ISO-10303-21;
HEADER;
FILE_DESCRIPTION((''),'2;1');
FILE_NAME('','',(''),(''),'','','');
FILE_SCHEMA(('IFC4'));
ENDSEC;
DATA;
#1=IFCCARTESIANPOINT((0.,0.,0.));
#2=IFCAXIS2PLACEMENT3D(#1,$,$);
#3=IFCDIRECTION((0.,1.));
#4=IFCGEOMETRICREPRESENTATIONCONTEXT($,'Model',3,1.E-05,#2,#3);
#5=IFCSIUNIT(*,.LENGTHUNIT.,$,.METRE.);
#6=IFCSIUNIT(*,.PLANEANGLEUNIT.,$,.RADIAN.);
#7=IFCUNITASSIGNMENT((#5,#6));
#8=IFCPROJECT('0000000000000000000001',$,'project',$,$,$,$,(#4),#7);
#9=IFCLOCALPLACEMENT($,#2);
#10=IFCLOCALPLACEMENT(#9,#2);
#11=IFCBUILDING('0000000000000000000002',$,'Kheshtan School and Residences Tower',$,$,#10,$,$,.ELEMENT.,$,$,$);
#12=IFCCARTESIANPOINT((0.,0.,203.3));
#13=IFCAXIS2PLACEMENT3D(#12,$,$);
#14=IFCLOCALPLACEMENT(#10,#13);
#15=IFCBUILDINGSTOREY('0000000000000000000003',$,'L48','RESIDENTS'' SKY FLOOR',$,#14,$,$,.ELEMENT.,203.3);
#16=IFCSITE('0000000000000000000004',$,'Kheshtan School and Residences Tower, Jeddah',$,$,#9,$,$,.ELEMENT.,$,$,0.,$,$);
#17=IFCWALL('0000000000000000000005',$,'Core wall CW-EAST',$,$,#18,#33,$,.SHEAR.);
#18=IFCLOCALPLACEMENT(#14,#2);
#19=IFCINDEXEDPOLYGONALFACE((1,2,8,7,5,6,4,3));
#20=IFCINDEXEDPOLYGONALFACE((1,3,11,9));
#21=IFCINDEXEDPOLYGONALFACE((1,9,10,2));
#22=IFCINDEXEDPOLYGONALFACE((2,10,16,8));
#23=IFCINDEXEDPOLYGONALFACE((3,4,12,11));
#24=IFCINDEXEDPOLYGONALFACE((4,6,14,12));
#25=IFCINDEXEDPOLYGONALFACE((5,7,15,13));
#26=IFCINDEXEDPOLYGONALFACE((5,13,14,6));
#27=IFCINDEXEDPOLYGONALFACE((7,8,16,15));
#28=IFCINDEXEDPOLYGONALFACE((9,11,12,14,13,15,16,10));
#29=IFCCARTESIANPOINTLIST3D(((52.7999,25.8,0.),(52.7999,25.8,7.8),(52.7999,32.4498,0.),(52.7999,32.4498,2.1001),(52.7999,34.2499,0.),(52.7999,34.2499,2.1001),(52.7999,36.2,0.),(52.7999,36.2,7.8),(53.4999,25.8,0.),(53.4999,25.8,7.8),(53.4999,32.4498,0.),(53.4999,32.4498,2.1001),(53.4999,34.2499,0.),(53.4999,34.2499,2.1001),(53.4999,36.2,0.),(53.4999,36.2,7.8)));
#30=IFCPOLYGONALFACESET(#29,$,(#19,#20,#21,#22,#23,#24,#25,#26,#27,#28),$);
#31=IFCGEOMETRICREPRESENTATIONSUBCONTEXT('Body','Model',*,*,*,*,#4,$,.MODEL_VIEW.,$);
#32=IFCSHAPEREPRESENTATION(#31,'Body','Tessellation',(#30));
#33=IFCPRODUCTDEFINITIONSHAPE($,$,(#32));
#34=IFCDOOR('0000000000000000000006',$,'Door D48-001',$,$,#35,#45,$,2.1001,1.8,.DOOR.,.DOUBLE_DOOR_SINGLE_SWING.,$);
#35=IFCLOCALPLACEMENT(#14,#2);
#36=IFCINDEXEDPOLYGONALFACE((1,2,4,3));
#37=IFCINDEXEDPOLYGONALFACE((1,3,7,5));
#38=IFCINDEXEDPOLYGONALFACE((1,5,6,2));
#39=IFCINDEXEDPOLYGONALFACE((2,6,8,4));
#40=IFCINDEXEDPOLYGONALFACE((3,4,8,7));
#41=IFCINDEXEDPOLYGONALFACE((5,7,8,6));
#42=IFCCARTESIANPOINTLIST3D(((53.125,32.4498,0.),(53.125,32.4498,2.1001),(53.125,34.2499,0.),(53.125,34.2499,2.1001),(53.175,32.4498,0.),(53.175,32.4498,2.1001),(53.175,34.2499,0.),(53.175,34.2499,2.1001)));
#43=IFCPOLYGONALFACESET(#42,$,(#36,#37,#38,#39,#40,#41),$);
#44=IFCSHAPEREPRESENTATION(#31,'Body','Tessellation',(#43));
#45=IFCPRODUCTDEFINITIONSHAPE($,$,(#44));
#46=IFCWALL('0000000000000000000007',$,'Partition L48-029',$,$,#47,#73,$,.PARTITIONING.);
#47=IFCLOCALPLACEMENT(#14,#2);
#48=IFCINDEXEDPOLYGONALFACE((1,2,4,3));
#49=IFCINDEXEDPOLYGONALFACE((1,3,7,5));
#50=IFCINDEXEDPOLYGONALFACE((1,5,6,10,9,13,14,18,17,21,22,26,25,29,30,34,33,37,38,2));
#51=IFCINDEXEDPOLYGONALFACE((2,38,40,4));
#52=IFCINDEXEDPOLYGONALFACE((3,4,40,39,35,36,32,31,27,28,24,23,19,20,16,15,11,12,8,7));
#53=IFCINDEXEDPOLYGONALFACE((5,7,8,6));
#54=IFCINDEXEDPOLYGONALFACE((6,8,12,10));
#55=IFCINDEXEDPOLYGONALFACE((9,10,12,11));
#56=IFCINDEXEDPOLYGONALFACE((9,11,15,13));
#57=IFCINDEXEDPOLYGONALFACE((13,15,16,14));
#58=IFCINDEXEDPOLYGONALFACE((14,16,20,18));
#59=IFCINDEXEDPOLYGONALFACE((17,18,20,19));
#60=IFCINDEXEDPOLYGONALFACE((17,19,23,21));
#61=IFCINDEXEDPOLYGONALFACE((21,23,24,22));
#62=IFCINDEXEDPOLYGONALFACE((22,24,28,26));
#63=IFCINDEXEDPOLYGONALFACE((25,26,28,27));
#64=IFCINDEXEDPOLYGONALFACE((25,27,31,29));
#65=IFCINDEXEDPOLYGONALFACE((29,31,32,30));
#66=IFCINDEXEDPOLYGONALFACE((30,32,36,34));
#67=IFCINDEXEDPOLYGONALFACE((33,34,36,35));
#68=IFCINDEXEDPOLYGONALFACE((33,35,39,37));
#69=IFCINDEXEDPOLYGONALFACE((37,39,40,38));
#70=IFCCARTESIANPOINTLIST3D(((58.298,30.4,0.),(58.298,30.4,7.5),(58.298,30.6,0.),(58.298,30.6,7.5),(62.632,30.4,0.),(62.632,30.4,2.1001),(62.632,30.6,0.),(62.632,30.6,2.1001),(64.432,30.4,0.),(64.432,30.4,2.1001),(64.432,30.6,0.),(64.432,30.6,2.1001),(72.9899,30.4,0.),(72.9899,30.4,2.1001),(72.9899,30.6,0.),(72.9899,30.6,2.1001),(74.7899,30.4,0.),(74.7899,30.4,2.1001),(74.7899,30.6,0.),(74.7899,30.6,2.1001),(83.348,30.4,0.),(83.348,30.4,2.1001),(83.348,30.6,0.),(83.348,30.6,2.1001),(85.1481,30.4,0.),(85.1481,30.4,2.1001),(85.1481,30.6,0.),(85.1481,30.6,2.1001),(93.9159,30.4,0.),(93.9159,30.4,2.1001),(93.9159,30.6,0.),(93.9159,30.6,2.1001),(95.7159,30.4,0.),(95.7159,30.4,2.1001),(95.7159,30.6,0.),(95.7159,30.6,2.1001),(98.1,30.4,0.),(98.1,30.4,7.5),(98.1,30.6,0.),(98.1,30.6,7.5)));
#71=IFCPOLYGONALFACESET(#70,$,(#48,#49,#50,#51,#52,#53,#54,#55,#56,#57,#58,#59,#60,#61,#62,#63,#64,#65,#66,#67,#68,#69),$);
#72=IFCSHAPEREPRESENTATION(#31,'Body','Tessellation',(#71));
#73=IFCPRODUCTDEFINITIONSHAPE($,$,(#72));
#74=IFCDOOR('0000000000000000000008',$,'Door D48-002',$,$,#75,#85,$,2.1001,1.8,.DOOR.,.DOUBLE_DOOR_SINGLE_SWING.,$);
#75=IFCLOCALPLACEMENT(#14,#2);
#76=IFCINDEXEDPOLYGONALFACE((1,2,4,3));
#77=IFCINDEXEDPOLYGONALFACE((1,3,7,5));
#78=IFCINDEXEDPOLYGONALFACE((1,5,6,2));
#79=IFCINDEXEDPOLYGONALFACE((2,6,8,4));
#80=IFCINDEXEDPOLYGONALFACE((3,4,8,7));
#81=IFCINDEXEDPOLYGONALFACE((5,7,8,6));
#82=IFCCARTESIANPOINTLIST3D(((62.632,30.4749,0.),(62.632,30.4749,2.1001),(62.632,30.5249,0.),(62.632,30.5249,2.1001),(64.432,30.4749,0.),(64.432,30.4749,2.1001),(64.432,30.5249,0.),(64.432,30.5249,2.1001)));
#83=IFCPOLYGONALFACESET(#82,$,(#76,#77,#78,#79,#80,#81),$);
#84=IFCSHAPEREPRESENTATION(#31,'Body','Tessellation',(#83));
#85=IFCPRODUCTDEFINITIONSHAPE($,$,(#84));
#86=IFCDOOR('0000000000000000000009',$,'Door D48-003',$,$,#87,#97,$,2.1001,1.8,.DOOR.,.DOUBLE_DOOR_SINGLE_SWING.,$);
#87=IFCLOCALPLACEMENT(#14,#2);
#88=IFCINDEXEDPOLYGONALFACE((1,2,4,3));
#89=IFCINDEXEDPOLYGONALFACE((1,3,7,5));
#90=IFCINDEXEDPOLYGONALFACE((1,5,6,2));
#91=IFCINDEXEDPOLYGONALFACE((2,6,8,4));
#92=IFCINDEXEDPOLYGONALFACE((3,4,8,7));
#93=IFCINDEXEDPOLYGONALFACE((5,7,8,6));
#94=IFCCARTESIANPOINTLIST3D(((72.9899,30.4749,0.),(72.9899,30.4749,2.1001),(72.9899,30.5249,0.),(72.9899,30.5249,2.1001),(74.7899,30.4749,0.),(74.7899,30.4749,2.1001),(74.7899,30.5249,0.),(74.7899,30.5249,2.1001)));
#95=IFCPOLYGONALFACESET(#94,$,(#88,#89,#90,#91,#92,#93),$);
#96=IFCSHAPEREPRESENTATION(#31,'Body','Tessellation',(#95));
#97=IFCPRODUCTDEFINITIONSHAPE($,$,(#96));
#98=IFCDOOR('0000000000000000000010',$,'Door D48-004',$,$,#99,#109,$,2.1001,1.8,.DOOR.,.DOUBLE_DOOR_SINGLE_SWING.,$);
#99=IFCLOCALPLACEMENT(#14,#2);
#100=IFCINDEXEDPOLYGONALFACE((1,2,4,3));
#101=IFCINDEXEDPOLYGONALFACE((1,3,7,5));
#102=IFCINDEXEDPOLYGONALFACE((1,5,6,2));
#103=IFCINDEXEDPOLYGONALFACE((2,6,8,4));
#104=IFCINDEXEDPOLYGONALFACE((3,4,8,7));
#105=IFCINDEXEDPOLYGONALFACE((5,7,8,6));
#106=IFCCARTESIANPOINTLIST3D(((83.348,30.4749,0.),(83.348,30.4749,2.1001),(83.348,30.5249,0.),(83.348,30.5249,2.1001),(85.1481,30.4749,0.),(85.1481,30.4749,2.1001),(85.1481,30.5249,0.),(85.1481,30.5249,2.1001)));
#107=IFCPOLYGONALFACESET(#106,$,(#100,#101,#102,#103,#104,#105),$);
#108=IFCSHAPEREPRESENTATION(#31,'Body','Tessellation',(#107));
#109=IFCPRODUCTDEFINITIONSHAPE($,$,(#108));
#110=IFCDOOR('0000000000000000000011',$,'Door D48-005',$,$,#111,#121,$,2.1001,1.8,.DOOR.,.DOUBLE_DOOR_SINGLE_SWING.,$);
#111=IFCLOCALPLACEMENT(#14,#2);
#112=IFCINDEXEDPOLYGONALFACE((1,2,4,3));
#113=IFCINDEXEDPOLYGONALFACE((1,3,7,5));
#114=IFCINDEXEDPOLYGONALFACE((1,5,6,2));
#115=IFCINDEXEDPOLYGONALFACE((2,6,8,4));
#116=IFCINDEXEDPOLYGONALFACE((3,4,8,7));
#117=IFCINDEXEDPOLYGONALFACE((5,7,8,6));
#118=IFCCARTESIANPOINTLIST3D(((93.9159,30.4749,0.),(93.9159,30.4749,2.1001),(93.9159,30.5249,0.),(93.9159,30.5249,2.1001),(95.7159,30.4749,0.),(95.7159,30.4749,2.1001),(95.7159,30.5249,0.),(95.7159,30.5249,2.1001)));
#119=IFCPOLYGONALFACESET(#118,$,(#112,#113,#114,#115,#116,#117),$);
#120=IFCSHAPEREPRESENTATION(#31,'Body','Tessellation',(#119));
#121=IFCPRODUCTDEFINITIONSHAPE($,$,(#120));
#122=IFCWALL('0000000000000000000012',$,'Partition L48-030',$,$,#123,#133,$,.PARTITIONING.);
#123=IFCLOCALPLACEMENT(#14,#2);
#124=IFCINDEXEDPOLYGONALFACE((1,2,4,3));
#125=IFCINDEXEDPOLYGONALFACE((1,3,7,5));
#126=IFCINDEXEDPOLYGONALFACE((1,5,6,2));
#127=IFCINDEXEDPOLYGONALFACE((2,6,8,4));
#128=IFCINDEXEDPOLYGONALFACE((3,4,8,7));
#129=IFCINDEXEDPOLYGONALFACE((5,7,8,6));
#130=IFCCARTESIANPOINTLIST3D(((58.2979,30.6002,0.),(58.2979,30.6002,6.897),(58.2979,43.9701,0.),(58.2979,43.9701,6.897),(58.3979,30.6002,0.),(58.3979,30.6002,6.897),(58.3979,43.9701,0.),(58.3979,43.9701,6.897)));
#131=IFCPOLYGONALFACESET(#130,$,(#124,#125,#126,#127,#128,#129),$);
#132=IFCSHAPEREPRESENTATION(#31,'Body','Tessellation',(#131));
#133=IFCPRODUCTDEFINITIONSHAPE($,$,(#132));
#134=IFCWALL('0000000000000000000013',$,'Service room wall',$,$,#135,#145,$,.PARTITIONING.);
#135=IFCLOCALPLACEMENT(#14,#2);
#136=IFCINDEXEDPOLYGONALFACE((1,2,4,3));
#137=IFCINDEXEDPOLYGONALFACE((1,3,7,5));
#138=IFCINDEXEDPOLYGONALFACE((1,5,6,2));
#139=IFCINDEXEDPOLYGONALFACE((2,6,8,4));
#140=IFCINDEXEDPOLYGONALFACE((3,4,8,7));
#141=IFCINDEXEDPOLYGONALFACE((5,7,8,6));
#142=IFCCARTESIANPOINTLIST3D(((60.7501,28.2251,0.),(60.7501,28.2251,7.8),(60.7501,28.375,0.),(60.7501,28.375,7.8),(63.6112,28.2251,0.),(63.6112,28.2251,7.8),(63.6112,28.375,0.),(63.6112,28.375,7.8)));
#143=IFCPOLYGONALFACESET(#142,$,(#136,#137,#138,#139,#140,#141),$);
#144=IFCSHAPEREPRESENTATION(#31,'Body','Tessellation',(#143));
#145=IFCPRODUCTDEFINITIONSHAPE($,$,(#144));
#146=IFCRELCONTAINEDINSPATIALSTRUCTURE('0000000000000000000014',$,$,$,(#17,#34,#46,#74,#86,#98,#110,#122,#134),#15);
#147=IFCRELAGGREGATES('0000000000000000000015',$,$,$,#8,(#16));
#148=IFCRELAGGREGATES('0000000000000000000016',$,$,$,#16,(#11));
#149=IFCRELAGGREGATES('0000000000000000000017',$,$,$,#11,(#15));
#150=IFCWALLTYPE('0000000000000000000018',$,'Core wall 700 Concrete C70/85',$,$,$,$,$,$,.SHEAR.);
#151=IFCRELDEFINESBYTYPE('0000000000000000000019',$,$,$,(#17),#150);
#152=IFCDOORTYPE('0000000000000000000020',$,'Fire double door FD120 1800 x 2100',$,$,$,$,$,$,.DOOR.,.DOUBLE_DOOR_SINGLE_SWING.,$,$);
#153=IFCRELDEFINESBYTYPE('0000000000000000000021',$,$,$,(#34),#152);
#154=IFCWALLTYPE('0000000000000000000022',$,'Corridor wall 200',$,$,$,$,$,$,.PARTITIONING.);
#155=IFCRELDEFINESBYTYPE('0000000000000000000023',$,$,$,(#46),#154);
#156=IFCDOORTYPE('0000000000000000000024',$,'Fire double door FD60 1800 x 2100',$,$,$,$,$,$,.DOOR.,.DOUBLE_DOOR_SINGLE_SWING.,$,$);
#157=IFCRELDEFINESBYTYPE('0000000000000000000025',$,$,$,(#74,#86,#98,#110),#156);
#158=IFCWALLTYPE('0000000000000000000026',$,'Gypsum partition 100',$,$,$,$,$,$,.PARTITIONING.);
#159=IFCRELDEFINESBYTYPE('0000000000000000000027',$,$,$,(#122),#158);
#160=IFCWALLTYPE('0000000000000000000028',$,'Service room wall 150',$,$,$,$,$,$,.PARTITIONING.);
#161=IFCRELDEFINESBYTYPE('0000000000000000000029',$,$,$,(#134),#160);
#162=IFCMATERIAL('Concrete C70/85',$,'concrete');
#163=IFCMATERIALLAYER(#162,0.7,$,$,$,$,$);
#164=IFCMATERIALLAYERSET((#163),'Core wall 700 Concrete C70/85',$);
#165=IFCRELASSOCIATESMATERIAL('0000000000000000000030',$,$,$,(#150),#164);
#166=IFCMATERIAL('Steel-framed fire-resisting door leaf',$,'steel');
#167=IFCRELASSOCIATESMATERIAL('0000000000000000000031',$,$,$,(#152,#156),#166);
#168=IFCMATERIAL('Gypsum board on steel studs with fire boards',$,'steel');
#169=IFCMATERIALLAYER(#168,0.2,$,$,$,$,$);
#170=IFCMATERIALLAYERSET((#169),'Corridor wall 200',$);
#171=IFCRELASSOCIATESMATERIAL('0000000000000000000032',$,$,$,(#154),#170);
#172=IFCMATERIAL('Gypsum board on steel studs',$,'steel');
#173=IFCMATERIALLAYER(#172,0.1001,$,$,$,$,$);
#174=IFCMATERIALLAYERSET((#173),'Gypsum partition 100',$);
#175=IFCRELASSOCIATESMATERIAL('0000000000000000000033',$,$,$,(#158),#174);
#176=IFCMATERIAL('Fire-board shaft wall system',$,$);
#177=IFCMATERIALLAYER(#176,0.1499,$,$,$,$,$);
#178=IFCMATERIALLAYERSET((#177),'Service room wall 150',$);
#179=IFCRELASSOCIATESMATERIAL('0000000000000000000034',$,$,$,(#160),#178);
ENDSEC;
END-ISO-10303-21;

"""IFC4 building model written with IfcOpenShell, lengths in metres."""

from ifc_helpers import new_model, si_unit, direction, frame, frame_2d, origin, place, context, subcontext, project, spatial, rectangle, extrude, source, transform, mapped, material, layer, layer_set, type_object, element, fill, save


model = new_model("IFC4")

# Units and contexts
model_context = context("Model", 3, precision=1e-05, world=origin(), true_north=direction((0.0, 1.0)))
body_context = subcontext(model_context, "Body", "Model", "MODEL_VIEW")
ifc_project = project(units=[si_unit("LENGTHUNIT", "METRE"), si_unit("PLANEANGLEUNIT", "RADIAN")], contexts=[model_context])

# Site, building, storey
site_placement = place(None, origin())
site = spatial("IfcSite", under=ifc_project, at=site_placement, Name="Kheshtan School and Residences Tower, Jeddah", CompositionType="ELEMENT", RefElevation=0.0)
building_placement = place(site_placement, origin())
building = spatial("IfcBuilding", under=site, at=building_placement, Name="Kheshtan School and Residences Tower", CompositionType="ELEMENT")
storey_placement = place(building_placement, frame((0.0, 0.0, 203.3)))
storey = spatial("IfcBuildingStorey", under=building, at=storey_placement, Name="L48", Description="RESIDENTS' SKY FLOOR", CompositionType="ELEMENT", Elevation=203.3)

# Wall, opening, door
ifc_material_1 = material(Name="Concrete C70/85", Category="concrete")
ifc_layer_1 = layer(ifc_material_1, 0.7)
ifc_layer_set_1 = layer_set([ifc_layer_1], Name="Core wall 700 Concrete C70/85")
wall_type_1 = type_object("IfcWallType", Name="Core wall 700 Concrete C70/85", PredefinedType="SHEAR", material=ifc_layer_set_1)
wall_1_placement = place(storey_placement, frame((53.1499, 25.8, 0.0), z_axis=(0.0, 0.0, 1.0), x_axis=(0.0, 1.0, 0.0)))
wall_1 = element("IfcWall", 1, at=wall_1_placement, inside=storey, type_object=wall_type_1, Name="Core wall CW-EAST", PredefinedType="SHEAR", context=body_context, shape_type="SweptSolid", body=[
    extrude(rectangle(XDim=10.3999, YDim=0.7, at=frame_2d((5.2, 0.0))), origin(), (0.0, 0.0, 1.0), 7.8),
])
opening_1_placement = place(wall_1_placement, frame((6.6499, 0.0, 0.0)))
opening_1 = element("IfcOpeningElement", 2, at=opening_1_placement, cuts=wall_1, PredefinedType="OPENING", context=body_context, shape_type="SweptSolid", body=[
    extrude(rectangle(XDim=1.8, YDim=2.1001, at=frame_2d((0.8999, 1.05))), frame((0.0, 0.3599, 0.0), z_axis=(0.0, -1.0, 0.0), x_axis=(1.0, 0.0, 0.0)), (0.0, 0.0, 1.0), 0.72),
])
ifc_material_2 = material(Name="Steel-framed fire-resisting door leaf", Category="steel")
door_type_1 = type_object("IfcDoorType", Name="Fire double door FD120 1800 x 2100", OperationType="DOUBLE_DOOR_SINGLE_SWING", PredefinedType="DOOR", material=ifc_material_2)
shared_shape_1 = source(origin(), body_context, "Body", "SweptSolid", [
    extrude(rectangle(XDim=1.8, YDim=2.1001, at=frame_2d((0.8999, 1.05))), frame((0.0, 0.0249, 0.0), z_axis=(0.0, -1.0, 0.0), x_axis=(1.0, 0.0, 0.0)), (0.0, 0.0, 1.0), 0.05),
])
door_1_placement = place(opening_1_placement, origin())
door_1 = element("IfcDoor", 3, at=door_1_placement, inside=storey, type_object=door_type_1, Name="Door D48-001", OperationType="DOUBLE_DOOR_SINGLE_SWING", OverallHeight=2.1001, OverallWidth=1.8, PredefinedType="DOOR", context=body_context, shape_type="MappedRepresentation", body=[
    mapped(shared_shape_1, transform((0.0, 0.0, 0.0), x_axis=(1.0, 0.0, 0.0), y_axis=(0.0, 1.0, 0.0), z_axis=(0.0, 0.0, 1.0), scale=1.0)),
])
fill(opening_1, door_1)

# Wall, openings, doors
ifc_material_3 = material(Name="Gypsum board on steel studs with fire boards", Category="steel")
ifc_layer_2 = layer(ifc_material_3, 0.2)
ifc_layer_set_2 = layer_set([ifc_layer_2], Name="Corridor wall 200")
wall_type_2 = type_object("IfcWallType", Name="Corridor wall 200", PredefinedType="PARTITIONING", material=ifc_layer_set_2)
wall_2_placement = place(storey_placement, frame((58.2981, 30.5, 0.0), z_axis=(0.0, 0.0, 1.0), x_axis=(1.0, 0.0, 0.0)))
wall_2 = element("IfcWall", 4, at=wall_2_placement, inside=storey, type_object=wall_type_2, Name="Partition L48-029", PredefinedType="PARTITIONING", context=body_context, shape_type="SweptSolid", body=[
    extrude(rectangle(XDim=39.802, YDim=0.2, at=frame_2d((19.9009, 0.0))), origin(), (0.0, 0.0, 1.0), 7.5),
])
opening_2_placement = place(wall_2_placement, frame((4.334, 0.0, 0.0)))
opening_2 = element("IfcOpeningElement", 5, at=opening_2_placement, cuts=wall_2, PredefinedType="OPENING", context=body_context, shape_type="SweptSolid", body=[
    extrude(rectangle(XDim=1.8, YDim=2.1001, at=frame_2d((0.8999, 1.05))), frame((0.0, 0.1099, 0.0), z_axis=(0.0, -1.0, 0.0), x_axis=(1.0, 0.0, 0.0)), (0.0, 0.0, 1.0), 0.22),
])
opening_3_placement = place(wall_2_placement, frame((14.6919, 0.0, 0.0)))
opening_3 = element("IfcOpeningElement", 6, at=opening_3_placement, cuts=wall_2, PredefinedType="OPENING", context=body_context, shape_type="SweptSolid", body=[
    extrude(rectangle(XDim=1.8, YDim=2.1001, at=frame_2d((0.8999, 1.05))), frame((0.0, 0.1099, 0.0), z_axis=(0.0, -1.0, 0.0), x_axis=(1.0, 0.0, 0.0)), (0.0, 0.0, 1.0), 0.22),
])
opening_4_placement = place(wall_2_placement, frame((25.05, 0.0, 0.0)))
opening_4 = element("IfcOpeningElement", 7, at=opening_4_placement, cuts=wall_2, PredefinedType="OPENING", context=body_context, shape_type="SweptSolid", body=[
    extrude(rectangle(XDim=1.8, YDim=2.1001, at=frame_2d((0.8999, 1.05))), frame((0.0, 0.1099, 0.0), z_axis=(0.0, -1.0, 0.0), x_axis=(1.0, 0.0, 0.0)), (0.0, 0.0, 1.0), 0.22),
])
opening_5_placement = place(wall_2_placement, frame((35.6179, 0.0, 0.0)))
opening_5 = element("IfcOpeningElement", 8, at=opening_5_placement, cuts=wall_2, PredefinedType="OPENING", context=body_context, shape_type="SweptSolid", body=[
    extrude(rectangle(XDim=1.8, YDim=2.1001, at=frame_2d((0.8999, 1.05))), frame((0.0, 0.1099, 0.0), z_axis=(0.0, -1.0, 0.0), x_axis=(1.0, 0.0, 0.0)), (0.0, 0.0, 1.0), 0.22),
])
door_type_2 = type_object("IfcDoorType", Name="Fire double door FD60 1800 x 2100", OperationType="DOUBLE_DOOR_SINGLE_SWING", PredefinedType="DOOR", material=ifc_material_2)
shared_shape_2 = source(origin(), body_context, "Body", "SweptSolid", [
    extrude(rectangle(XDim=1.8, YDim=2.1001, at=frame_2d((0.8999, 1.05))), frame((0.0, 0.0249, 0.0), z_axis=(0.0, -1.0, 0.0), x_axis=(1.0, 0.0, 0.0)), (0.0, 0.0, 1.0), 0.05),
])
door_2_placement = place(opening_2_placement, origin())
door_2 = element("IfcDoor", 9, at=door_2_placement, inside=storey, type_object=door_type_2, Name="Door D48-002", OperationType="DOUBLE_DOOR_SINGLE_SWING", OverallHeight=2.1001, OverallWidth=1.8, PredefinedType="DOOR", context=body_context, shape_type="MappedRepresentation", body=[
    mapped(shared_shape_2, transform((0.0, 0.0, 0.0), x_axis=(1.0, 0.0, 0.0), y_axis=(0.0, 1.0, 0.0), z_axis=(0.0, 0.0, 1.0), scale=1.0)),
])
fill(opening_2, door_2)
door_3_placement = place(opening_3_placement, origin())
door_3 = element("IfcDoor", 10, at=door_3_placement, inside=storey, type_object=door_type_2, Name="Door D48-003", OperationType="DOUBLE_DOOR_SINGLE_SWING", OverallHeight=2.1001, OverallWidth=1.8, PredefinedType="DOOR", context=body_context, shape_type="MappedRepresentation", body=[
    mapped(shared_shape_2, transform((0.0, 0.0, 0.0), x_axis=(1.0, 0.0, 0.0), y_axis=(0.0, 1.0, 0.0), z_axis=(0.0, 0.0, 1.0), scale=1.0)),
])
fill(opening_3, door_3)
door_4_placement = place(opening_4_placement, origin())
door_4 = element("IfcDoor", 11, at=door_4_placement, inside=storey, type_object=door_type_2, Name="Door D48-004", OperationType="DOUBLE_DOOR_SINGLE_SWING", OverallHeight=2.1001, OverallWidth=1.8, PredefinedType="DOOR", context=body_context, shape_type="MappedRepresentation", body=[
    mapped(shared_shape_2, transform((0.0, 0.0, 0.0), x_axis=(1.0, 0.0, 0.0), y_axis=(0.0, 1.0, 0.0), z_axis=(0.0, 0.0, 1.0), scale=1.0)),
])
fill(opening_4, door_4)
door_5_placement = place(opening_5_placement, origin())
door_5 = element("IfcDoor", 12, at=door_5_placement, inside=storey, type_object=door_type_2, Name="Door D48-005", OperationType="DOUBLE_DOOR_SINGLE_SWING", OverallHeight=2.1001, OverallWidth=1.8, PredefinedType="DOOR", context=body_context, shape_type="MappedRepresentation", body=[
    mapped(shared_shape_2, transform((0.0, 0.0, 0.0), x_axis=(1.0, 0.0, 0.0), y_axis=(0.0, 1.0, 0.0), z_axis=(0.0, 0.0, 1.0), scale=1.0)),
])
fill(opening_5, door_5)

# Walls
ifc_material_4 = material(Name="Gypsum board on steel studs", Category="steel")
ifc_layer_3 = layer(ifc_material_4, 0.1001)
ifc_layer_set_3 = layer_set([ifc_layer_3], Name="Gypsum partition 100")
wall_type_3 = type_object("IfcWallType", Name="Gypsum partition 100", PredefinedType="PARTITIONING", material=ifc_layer_set_3)
wall_3_placement = place(storey_placement, frame((58.3479, 30.6001, 0.0), z_axis=(0.0, 0.0, 1.0), x_axis=(0.0, 1.0, 0.0)))
element("IfcWall", 13, at=wall_3_placement, inside=storey, type_object=wall_type_3, Name="Partition L48-030", PredefinedType="PARTITIONING", context=body_context, shape_type="SweptSolid", body=[
    extrude(rectangle(XDim=13.3699, YDim=0.1001, at=frame_2d((6.6851, 0.0))), origin(), (0.0, 0.0, 1.0), 6.897),
])
ifc_material_5 = material(Name="Fire-board shaft wall system")
ifc_layer_4 = layer(ifc_material_5, 0.1499)
ifc_layer_set_4 = layer_set([ifc_layer_4], Name="Service room wall 150")
wall_type_4 = type_object("IfcWallType", Name="Service room wall 150", PredefinedType="PARTITIONING", material=ifc_layer_set_4)
wall_4_placement = place(storey_placement, frame((60.75, 28.3, 0.0), z_axis=(0.0, 0.0, 1.0), x_axis=(1.0, 0.0, 0.0)))
element("IfcWall", 14, at=wall_4_placement, inside=storey, type_object=wall_type_4, Name="Service room wall", PredefinedType="PARTITIONING", context=body_context, shape_type="SweptSolid", body=[
    extrude(rectangle(XDim=2.8611, YDim=0.1499, at=frame_2d((1.4307, 0.0))), origin(), (0.0, 0.0, 1.0), 7.8),
])

save(model, "model.ifc")
